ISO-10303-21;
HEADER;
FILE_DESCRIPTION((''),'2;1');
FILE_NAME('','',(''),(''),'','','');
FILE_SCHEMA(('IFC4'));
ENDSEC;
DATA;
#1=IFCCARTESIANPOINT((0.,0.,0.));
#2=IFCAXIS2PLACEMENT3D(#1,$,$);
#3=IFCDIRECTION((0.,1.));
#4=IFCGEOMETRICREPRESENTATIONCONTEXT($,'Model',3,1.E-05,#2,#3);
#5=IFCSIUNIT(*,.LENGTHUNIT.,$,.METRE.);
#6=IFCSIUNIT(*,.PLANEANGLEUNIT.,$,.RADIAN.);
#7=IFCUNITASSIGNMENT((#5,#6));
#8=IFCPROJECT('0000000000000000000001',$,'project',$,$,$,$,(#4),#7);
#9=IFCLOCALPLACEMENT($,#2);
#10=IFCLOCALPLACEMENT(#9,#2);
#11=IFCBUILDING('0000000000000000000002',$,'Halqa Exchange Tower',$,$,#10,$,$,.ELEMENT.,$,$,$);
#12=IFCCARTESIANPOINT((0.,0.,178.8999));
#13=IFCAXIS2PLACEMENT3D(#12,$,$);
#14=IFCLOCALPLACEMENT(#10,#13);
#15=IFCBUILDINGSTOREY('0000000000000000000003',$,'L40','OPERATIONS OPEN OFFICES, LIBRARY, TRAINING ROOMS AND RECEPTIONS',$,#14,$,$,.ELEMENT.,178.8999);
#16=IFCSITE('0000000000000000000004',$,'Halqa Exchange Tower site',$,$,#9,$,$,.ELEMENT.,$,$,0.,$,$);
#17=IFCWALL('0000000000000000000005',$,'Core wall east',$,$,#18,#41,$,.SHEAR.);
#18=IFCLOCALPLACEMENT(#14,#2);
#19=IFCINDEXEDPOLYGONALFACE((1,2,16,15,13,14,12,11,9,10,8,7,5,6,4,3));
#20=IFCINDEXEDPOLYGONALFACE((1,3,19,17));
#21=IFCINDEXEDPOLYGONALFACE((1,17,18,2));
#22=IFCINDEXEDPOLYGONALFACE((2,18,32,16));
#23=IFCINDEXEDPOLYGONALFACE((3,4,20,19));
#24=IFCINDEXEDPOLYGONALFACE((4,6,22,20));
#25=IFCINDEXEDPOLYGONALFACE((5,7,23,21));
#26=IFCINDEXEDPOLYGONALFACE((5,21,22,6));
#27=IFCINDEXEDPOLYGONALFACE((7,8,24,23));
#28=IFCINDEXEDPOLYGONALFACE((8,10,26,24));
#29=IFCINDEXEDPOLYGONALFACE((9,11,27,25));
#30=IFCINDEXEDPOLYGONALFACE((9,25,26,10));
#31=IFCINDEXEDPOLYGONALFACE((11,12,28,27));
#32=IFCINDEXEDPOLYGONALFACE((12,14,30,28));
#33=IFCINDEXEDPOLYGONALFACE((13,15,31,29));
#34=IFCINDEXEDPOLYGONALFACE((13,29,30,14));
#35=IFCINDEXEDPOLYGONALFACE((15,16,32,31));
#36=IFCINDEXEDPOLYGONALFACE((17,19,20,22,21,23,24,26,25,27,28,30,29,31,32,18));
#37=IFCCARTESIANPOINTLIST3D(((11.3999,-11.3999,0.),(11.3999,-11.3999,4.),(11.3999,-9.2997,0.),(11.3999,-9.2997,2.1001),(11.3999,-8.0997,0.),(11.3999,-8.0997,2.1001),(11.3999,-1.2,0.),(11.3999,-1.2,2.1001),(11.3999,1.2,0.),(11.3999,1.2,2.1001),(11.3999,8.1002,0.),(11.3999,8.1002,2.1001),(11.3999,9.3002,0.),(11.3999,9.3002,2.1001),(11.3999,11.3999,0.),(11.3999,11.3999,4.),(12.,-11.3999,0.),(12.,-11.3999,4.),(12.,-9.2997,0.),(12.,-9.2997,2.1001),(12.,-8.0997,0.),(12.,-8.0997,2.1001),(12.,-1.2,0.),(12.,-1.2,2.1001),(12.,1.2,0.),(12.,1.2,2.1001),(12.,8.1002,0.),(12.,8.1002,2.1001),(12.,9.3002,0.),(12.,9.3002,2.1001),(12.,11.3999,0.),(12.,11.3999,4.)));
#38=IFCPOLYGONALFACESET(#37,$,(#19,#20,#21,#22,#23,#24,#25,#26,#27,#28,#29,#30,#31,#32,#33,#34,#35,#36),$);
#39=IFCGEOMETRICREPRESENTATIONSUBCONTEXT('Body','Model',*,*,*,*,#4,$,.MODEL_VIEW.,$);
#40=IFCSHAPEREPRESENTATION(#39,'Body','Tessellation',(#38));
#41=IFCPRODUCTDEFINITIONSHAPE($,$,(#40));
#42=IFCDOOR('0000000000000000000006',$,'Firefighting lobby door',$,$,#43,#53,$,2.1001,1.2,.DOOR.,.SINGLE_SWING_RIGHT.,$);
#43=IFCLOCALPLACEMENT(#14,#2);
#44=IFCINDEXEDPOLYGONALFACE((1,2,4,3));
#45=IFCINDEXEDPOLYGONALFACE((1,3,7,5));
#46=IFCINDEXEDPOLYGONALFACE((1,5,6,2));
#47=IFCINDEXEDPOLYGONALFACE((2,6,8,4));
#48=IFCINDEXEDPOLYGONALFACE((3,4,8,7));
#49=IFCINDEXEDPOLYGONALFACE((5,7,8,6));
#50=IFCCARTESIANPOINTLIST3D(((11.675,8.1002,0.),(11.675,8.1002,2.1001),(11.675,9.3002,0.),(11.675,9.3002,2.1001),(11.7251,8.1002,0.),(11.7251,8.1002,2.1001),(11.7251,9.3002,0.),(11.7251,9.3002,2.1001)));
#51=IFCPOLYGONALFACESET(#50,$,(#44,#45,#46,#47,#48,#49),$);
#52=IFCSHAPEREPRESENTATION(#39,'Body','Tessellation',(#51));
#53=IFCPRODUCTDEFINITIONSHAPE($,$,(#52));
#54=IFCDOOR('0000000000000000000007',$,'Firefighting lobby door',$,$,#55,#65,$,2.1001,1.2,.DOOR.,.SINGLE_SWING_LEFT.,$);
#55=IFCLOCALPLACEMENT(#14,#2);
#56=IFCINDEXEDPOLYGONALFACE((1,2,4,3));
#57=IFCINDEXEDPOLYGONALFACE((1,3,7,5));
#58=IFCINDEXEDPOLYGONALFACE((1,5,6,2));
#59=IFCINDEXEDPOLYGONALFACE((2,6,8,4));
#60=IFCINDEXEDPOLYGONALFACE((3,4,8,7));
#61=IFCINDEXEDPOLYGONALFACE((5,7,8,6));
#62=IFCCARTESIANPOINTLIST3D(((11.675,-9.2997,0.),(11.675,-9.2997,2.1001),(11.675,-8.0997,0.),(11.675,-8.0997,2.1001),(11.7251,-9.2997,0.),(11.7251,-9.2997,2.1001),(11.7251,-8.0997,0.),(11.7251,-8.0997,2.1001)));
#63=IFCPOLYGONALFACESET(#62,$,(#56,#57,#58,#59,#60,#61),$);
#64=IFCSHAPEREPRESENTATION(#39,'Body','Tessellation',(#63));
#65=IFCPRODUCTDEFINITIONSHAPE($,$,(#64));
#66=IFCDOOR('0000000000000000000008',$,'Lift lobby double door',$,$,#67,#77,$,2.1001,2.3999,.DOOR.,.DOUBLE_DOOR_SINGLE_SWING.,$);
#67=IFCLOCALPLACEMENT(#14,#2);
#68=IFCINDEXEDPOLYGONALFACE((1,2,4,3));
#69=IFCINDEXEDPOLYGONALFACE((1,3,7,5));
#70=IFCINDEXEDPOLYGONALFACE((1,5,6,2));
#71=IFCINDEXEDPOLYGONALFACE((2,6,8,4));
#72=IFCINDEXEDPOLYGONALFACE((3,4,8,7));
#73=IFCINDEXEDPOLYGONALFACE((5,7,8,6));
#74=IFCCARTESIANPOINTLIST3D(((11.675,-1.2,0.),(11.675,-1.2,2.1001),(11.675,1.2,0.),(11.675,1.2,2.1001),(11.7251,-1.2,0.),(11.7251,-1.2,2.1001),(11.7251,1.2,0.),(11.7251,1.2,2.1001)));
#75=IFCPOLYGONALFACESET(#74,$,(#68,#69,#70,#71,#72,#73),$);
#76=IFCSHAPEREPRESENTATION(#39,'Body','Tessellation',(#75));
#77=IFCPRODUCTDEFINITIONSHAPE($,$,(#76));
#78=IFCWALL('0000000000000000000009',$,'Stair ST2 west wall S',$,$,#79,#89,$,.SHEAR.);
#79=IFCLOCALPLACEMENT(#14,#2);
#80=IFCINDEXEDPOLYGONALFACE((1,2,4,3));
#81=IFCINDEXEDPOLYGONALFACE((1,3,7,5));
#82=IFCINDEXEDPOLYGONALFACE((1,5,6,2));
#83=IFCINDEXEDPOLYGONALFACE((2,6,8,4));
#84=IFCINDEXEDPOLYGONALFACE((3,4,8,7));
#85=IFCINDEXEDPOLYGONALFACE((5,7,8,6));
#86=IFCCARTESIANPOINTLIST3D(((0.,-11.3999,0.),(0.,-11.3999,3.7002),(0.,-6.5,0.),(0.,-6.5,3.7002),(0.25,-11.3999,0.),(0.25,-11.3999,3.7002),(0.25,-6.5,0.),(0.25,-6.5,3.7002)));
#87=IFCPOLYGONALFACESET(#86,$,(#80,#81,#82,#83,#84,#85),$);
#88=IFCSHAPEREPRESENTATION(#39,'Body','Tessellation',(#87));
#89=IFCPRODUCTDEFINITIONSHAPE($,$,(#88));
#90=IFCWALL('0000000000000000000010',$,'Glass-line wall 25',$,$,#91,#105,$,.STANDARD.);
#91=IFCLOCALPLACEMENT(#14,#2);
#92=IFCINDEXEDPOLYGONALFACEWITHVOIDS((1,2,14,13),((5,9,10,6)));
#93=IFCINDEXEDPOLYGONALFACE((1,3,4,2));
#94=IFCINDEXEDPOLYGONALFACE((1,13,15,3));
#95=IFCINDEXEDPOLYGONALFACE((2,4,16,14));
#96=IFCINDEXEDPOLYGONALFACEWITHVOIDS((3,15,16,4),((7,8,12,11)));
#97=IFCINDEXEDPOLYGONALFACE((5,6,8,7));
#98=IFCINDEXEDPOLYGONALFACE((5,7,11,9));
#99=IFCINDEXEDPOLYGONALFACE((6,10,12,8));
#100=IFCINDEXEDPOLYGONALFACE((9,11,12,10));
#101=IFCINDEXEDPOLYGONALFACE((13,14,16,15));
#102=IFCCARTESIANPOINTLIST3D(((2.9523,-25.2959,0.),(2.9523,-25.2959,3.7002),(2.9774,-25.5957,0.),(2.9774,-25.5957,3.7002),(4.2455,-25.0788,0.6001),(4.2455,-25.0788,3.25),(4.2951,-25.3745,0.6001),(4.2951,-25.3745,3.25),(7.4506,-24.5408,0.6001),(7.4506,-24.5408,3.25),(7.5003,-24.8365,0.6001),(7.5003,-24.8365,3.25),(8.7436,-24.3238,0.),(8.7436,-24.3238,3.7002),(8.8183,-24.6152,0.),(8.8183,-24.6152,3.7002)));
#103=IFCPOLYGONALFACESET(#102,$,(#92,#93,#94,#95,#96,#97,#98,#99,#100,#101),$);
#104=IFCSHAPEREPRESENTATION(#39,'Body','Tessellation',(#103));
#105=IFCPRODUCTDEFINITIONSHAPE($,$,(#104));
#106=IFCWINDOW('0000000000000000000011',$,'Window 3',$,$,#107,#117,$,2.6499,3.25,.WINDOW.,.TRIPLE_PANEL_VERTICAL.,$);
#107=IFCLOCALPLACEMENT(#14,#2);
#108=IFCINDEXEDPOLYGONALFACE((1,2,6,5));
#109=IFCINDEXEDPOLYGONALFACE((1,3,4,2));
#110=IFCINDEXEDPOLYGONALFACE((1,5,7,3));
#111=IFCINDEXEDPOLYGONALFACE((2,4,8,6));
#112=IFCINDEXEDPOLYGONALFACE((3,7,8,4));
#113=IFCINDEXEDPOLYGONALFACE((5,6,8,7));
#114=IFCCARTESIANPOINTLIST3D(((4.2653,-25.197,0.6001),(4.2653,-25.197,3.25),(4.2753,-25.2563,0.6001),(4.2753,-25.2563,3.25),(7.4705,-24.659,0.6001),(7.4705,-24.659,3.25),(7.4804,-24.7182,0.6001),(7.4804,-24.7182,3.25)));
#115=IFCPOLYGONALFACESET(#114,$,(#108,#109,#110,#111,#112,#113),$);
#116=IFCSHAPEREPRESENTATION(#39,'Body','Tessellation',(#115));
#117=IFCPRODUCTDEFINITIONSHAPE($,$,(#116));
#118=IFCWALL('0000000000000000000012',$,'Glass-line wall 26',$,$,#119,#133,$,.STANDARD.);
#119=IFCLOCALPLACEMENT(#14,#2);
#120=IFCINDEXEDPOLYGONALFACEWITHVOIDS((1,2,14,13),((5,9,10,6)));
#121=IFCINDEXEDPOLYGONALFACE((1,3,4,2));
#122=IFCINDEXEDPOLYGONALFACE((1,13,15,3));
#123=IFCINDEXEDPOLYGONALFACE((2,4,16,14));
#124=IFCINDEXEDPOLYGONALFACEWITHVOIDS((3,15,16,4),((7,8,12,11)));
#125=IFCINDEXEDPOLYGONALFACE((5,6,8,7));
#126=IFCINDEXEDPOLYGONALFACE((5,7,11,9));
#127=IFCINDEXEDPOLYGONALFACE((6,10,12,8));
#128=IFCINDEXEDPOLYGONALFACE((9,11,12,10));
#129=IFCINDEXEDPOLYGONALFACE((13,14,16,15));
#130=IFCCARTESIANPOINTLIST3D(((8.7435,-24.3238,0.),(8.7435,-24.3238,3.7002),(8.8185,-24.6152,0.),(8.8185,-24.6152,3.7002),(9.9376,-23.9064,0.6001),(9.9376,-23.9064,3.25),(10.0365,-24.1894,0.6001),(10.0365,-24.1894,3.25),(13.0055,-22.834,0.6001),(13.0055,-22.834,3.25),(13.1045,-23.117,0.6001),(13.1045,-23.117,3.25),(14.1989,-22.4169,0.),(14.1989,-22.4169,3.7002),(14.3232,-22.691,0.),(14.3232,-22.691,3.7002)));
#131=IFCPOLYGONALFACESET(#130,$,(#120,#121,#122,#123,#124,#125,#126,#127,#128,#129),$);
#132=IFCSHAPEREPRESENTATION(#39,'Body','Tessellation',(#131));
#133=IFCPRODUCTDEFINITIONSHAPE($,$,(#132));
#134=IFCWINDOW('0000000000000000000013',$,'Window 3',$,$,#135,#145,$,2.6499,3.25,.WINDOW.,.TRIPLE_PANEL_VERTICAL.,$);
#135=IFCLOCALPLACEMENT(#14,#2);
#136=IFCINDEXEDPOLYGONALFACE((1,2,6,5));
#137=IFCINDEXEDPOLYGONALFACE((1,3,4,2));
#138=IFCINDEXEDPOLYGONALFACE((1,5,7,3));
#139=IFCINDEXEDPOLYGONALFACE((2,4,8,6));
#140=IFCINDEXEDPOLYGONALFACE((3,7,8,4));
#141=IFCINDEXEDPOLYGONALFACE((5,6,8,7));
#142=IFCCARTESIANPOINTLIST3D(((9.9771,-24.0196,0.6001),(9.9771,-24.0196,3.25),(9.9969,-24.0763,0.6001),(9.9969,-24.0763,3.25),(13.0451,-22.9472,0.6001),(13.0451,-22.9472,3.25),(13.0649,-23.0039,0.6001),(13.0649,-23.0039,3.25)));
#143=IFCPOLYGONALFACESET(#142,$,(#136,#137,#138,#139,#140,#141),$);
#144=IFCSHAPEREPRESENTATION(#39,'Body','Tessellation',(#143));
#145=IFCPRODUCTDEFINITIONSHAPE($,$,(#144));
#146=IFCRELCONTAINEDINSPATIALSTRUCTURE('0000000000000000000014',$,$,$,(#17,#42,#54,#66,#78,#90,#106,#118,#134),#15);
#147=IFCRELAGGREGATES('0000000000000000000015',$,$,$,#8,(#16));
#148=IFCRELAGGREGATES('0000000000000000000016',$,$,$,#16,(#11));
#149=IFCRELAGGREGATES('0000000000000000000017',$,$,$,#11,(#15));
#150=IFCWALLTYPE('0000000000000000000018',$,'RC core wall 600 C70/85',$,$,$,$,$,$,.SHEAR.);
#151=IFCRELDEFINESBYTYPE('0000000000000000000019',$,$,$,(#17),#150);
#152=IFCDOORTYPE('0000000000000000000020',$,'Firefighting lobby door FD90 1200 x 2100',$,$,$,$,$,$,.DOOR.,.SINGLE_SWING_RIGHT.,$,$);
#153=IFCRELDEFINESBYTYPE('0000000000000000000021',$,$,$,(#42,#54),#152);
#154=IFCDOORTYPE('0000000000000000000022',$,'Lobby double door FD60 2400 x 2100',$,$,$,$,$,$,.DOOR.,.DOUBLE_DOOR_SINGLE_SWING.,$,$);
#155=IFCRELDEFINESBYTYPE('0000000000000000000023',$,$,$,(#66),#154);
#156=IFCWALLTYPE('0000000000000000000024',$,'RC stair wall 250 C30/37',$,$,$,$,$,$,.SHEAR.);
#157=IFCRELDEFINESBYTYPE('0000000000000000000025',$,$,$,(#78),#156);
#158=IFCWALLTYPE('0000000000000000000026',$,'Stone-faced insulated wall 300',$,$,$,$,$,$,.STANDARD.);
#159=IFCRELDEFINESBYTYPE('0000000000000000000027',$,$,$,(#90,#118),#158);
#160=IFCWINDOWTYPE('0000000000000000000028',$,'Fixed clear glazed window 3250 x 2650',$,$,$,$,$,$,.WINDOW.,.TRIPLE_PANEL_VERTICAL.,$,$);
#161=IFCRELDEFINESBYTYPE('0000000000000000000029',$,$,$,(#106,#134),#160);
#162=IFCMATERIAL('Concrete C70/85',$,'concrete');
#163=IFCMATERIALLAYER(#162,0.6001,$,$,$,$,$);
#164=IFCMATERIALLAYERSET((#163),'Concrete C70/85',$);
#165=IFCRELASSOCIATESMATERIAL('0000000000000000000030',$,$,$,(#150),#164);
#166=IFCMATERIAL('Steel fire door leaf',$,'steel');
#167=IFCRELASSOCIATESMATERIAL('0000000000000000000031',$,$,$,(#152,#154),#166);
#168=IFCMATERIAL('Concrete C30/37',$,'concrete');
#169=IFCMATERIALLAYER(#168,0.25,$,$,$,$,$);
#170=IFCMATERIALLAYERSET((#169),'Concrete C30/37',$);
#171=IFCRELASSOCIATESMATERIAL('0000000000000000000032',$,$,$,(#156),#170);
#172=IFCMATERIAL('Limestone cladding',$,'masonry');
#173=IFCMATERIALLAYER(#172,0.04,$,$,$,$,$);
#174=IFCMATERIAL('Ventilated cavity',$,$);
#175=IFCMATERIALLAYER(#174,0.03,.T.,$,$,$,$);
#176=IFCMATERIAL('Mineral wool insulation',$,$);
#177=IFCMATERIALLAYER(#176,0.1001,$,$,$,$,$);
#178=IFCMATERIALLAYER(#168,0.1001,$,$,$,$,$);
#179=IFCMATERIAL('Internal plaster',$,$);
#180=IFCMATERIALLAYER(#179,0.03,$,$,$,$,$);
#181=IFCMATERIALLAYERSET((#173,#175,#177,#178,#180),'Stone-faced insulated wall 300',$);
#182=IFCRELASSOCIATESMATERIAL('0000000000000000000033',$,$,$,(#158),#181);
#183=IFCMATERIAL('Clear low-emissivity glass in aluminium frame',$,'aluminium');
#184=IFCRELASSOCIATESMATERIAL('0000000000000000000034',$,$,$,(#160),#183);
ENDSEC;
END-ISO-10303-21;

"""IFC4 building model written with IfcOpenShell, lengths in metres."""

from ifc_helpers import new_model, si_unit, direction, frame, frame_2d, origin, place, context, subcontext, project, spatial, polyline, rectangle, outline, extrude, material, layer, layer_set, type_object, element, fill, save


model = new_model("IFC4")

# Units and contexts
model_context = context("Model", 3, precision=1e-05, world=origin(), true_north=direction((0.0, 1.0)))
body_context = subcontext(model_context, "Body", "Model", "MODEL_VIEW")
ifc_project = project(units=[si_unit("LENGTHUNIT", "METRE"), si_unit("PLANEANGLEUNIT", "RADIAN")], contexts=[model_context])

# Site, building, storey
site_placement = place(None, origin())
site = spatial("IfcSite", under=ifc_project, at=site_placement, Name="Halqa Exchange Tower site", CompositionType="ELEMENT", RefElevation=0.0)
building_placement = place(site_placement, origin())
building = spatial("IfcBuilding", under=site, at=building_placement, Name="Halqa Exchange Tower", CompositionType="ELEMENT")
storey_placement = place(building_placement, frame((0.0, 0.0, 178.8999)))
storey = spatial("IfcBuildingStorey", under=building, at=storey_placement, Name="L40", Description="OPERATIONS OPEN OFFICES, LIBRARY, TRAINING ROOMS AND RECEPTIONS", CompositionType="ELEMENT", Elevation=178.8999)

# Shared definitions
ifc_material_1 = material(Name="Concrete C70/85", Category="concrete")

# Wall, openings, doors
ifc_layer_1 = layer(ifc_material_1, 0.6001)
ifc_layer_set_1 = layer_set([ifc_layer_1], Name="Concrete C70/85")
wall_type_1 = type_object("IfcWallType", Name="RC core wall 600 C70/85", PredefinedType="SHEAR", material=ifc_layer_set_1)
wall_1_placement = place(storey_placement, frame((11.7, -11.3999, 0.0), z_axis=(0.0, 0.0, 1.0), x_axis=(0.0, 1.0, 0.0)))
wall_1 = element("IfcWall", 1, at=wall_1_placement, inside=storey, type_object=wall_type_1, Name="Core wall east", PredefinedType="SHEAR", context=body_context, shape_type="SweptSolid", body=[
    extrude(rectangle(XDim=22.7998, YDim=0.6001, at=frame_2d((11.3999, 0.0))), origin(), (0.0, 0.0, 1.0), 4.0),
])
opening_1_placement = place(wall_1_placement, frame((10.2, 0.0, 0.0)))
opening_1 = element("IfcOpeningElement", 2, at=opening_1_placement, cuts=wall_1, PredefinedType="OPENING", context=body_context, shape_type="SweptSolid", body=[
    extrude(rectangle(XDim=2.3999, YDim=2.1001, at=frame_2d((1.2, 1.05))), frame((0.0, 0.312, 0.0), z_axis=(0.0, -1.0, 0.0), x_axis=(1.0, 0.0, 0.0)), (0.0, 0.0, 1.0), 0.624),
])
opening_2_placement = place(wall_1_placement, frame((19.5, 0.0, 0.0)))
opening_2 = element("IfcOpeningElement", 3, at=opening_2_placement, cuts=wall_1, PredefinedType="OPENING", context=body_context, shape_type="SweptSolid", body=[
    extrude(rectangle(XDim=1.2, YDim=2.1001, at=frame_2d((0.6001, 1.05))), frame((0.0, 0.312, 0.0), z_axis=(0.0, -1.0, 0.0), x_axis=(1.0, 0.0, 0.0)), (0.0, 0.0, 1.0), 0.624),
])
opening_3_placement = place(wall_1_placement, frame((2.1001, 0.0, 0.0)))
opening_3 = element("IfcOpeningElement", 4, at=opening_3_placement, cuts=wall_1, PredefinedType="OPENING", context=body_context, shape_type="SweptSolid", body=[
    extrude(rectangle(XDim=1.2, YDim=2.1001, at=frame_2d((0.6001, 1.05))), frame((0.0, 0.312, 0.0), z_axis=(0.0, -1.0, 0.0), x_axis=(1.0, 0.0, 0.0)), (0.0, 0.0, 1.0), 0.624),
])
ifc_material_2 = material(Name="Steel fire door leaf", Category="steel")
door_type_1 = type_object("IfcDoorType", Name="Firefighting lobby door FD90 1200 x 2100", OperationType="SINGLE_SWING_RIGHT", PredefinedType="DOOR", material=ifc_material_2)
door_1_placement = place(opening_2_placement, origin())
door_1 = element("IfcDoor", 5, at=door_1_placement, inside=storey, type_object=door_type_1, Name="Firefighting lobby door", OperationType="SINGLE_SWING_RIGHT", OverallHeight=2.1001, OverallWidth=1.2, PredefinedType="DOOR", context=body_context, shape_type="SweptSolid", body=[
    extrude(rectangle(XDim=1.2, YDim=2.1001, at=frame_2d((0.6001, 1.05))), frame((0.0, 0.0249, 0.0), z_axis=(0.0, -1.0, 0.0), x_axis=(1.0, 0.0, 0.0)), (0.0, 0.0, 1.0), 0.05),
])
fill(opening_2, door_1)
door_2_placement = place(opening_3_placement, origin())
door_2 = element("IfcDoor", 6, at=door_2_placement, inside=storey, type_object=door_type_1, Name="Firefighting lobby door", OperationType="SINGLE_SWING_LEFT", OverallHeight=2.1001, OverallWidth=1.2, PredefinedType="DOOR", context=body_context, shape_type="SweptSolid", body=[
    extrude(rectangle(XDim=1.2, YDim=2.1001, at=frame_2d((0.6001, 1.05))), frame((0.0, 0.0249, 0.0), z_axis=(0.0, -1.0, 0.0), x_axis=(1.0, 0.0, 0.0)), (0.0, 0.0, 1.0), 0.05),
])
fill(opening_3, door_2)
door_type_2 = type_object("IfcDoorType", Name="Lobby double door FD60 2400 x 2100", OperationType="DOUBLE_DOOR_SINGLE_SWING", PredefinedType="DOOR", material=ifc_material_2)
door_3_placement = place(opening_1_placement, origin())
door_3 = element("IfcDoor", 7, at=door_3_placement, inside=storey, type_object=door_type_2, Name="Lift lobby double door", OperationType="DOUBLE_DOOR_SINGLE_SWING", OverallHeight=2.1001, OverallWidth=2.3999, PredefinedType="DOOR", context=body_context, shape_type="SweptSolid", body=[
    extrude(rectangle(XDim=2.3999, YDim=2.1001, at=frame_2d((1.2, 1.05))), frame((0.0, 0.0249, 0.0), z_axis=(0.0, -1.0, 0.0), x_axis=(1.0, 0.0, 0.0)), (0.0, 0.0, 1.0), 0.05),
])
fill(opening_1, door_3)

# Wall
ifc_material_3 = material(Name="Concrete C30/37", Category="concrete")
ifc_layer_2 = layer(ifc_material_3, 0.25)
ifc_layer_set_2 = layer_set([ifc_layer_2], Name="Concrete C30/37")
wall_type_2 = type_object("IfcWallType", Name="RC stair wall 250 C30/37", PredefinedType="SHEAR", material=ifc_layer_set_2)
wall_2_placement = place(storey_placement, frame((0.125, -11.3999, 0.0), z_axis=(0.0, 0.0, 1.0), x_axis=(0.0, 1.0, 0.0)))
element("IfcWall", 8, at=wall_2_placement, inside=storey, type_object=wall_type_2, Name="Stair ST2 west wall S", PredefinedType="SHEAR", context=body_context, shape_type="SweptSolid", body=[
    extrude(rectangle(XDim=4.8999, YDim=0.25, at=frame_2d((2.45, 0.0))), origin(), (0.0, 0.0, 1.0), 3.7002),
])

# Walls, openings, windows
ifc_material_4 = material(Name="Limestone cladding", Category="masonry")
ifc_layer_3 = layer(ifc_material_4, 0.04)
ifc_material_5 = material(Name="Ventilated cavity")
ifc_layer_4 = layer(ifc_material_5, 0.03, ventilated=True)
ifc_material_6 = material(Name="Mineral wool insulation")
ifc_layer_5 = layer(ifc_material_6, 0.1001)
ifc_layer_6 = layer(ifc_material_3, 0.1001)
ifc_material_7 = material(Name="Internal plaster")
ifc_layer_7 = layer(ifc_material_7, 0.03)
ifc_layer_set_3 = layer_set([ifc_layer_3, ifc_layer_4, ifc_layer_5, ifc_layer_6, ifc_layer_7], Name="Stone-faced insulated wall 300")
wall_type_3 = type_object("IfcWallType", Name="Stone-faced insulated wall 300", PredefinedType="STANDARD", material=ifc_layer_set_3)
wall_3_placement = place(storey_placement, frame((2.9648, -25.4458, 0.0), z_axis=(0.0, 0.0, 1.0), x_axis=(0.986202, 0.165547, 0.0)))
wall_3 = element("IfcWall", 9, at=wall_3_placement, inside=storey, type_object=wall_type_3, Name="Glass-line wall 25", PredefinedType="STANDARD", context=body_context, shape_type="SweptSolid", body=[
    extrude(outline(polyline([(-0.0125, -0.1499), (5.9102, -0.1499), (5.8848, 0.1499), (0.0125, 0.1499), (-0.0125, -0.1499)])), origin(), (0.0, 0.0, 1.0), 3.7002),
])
opening_4_placement = place(wall_3_placement, frame((1.3237, 0.0, 0.6001)))
opening_4 = element("IfcOpeningElement", 10, at=opening_4_placement, cuts=wall_3, PredefinedType="OPENING", context=body_context, shape_type="SweptSolid", body=[
    extrude(rectangle(XDim=3.25, YDim=2.6499, at=frame_2d((1.625, 1.325))), frame((0.0, 0.1621, 0.0), z_axis=(0.0, -1.0, 0.0), x_axis=(1.0, 0.0, 0.0)), (0.0, 0.0, 1.0), 0.324),
])
ifc_material_8 = material(Name="Clear low-emissivity glass in aluminium frame", Category="aluminium")
window_type = type_object("IfcWindowType", Name="Fixed clear glazed window 3250 x 2650", PartitioningType="TRIPLE_PANEL_VERTICAL", PredefinedType="WINDOW", material=ifc_material_8)
window_1_placement = place(opening_4_placement, origin())
window_1 = element("IfcWindow", 11, at=window_1_placement, inside=storey, type_object=window_type, Name="Window 3", OverallHeight=2.6499, OverallWidth=3.25, PartitioningType="TRIPLE_PANEL_VERTICAL", PredefinedType="WINDOW", context=body_context, shape_type="SweptSolid", body=[
    extrude(rectangle(XDim=3.25, YDim=2.6499, at=frame_2d((1.625, 1.325))), frame((0.0, 0.03, 0.0), z_axis=(0.0, -1.0, 0.0), x_axis=(1.0, 0.0, 0.0)), (0.0, 0.0, 1.0), 0.0601),
])
fill(opening_4, window_1)
wall_4_placement = place(storey_placement, frame((8.781, -24.4695, 0.0), z_axis=(0.0, 0.0, 1.0), x_axis=(0.943991, 0.329972, 0.0)))
wall_4 = element("IfcWall", 12, at=wall_4_placement, inside=storey, type_object=wall_type_3, Name="Glass-line wall 26", PredefinedType="STANDARD", context=body_context, shape_type="SweptSolid", body=[
    extrude(outline(polyline([(-0.0127, -0.1499), (5.8186, -0.1499), (5.7917, 0.1499), (0.0127, 0.1499), (-0.0127, -0.1499)])), origin(), (0.0, 0.0, 1.0), 3.7002),
])
opening_5_placement = place(wall_4_placement, frame((1.2776, 0.0, 0.6001)))
opening_5 = element("IfcOpeningElement", 13, at=opening_5_placement, cuts=wall_4, PredefinedType="OPENING", context=body_context, shape_type="SweptSolid", body=[
    extrude(rectangle(XDim=3.25, YDim=2.6499, at=frame_2d((1.625, 1.325))), frame((0.0, 0.1621, 0.0), z_axis=(0.0, -1.0, 0.0), x_axis=(1.0, 0.0, 0.0)), (0.0, 0.0, 1.0), 0.324),
])
window_2_placement = place(opening_5_placement, origin())
window_2 = element("IfcWindow", 14, at=window_2_placement, inside=storey, type_object=window_type, Name="Window 3", OverallHeight=2.6499, OverallWidth=3.25, PartitioningType="TRIPLE_PANEL_VERTICAL", PredefinedType="WINDOW", context=body_context, shape_type="SweptSolid", body=[
    extrude(rectangle(XDim=3.25, YDim=2.6499, at=frame_2d((1.625, 1.325))), frame((0.0, 0.03, 0.0), z_axis=(0.0, -1.0, 0.0), x_axis=(1.0, 0.0, 0.0)), (0.0, 0.0, 1.0), 0.0601),
])
fill(opening_5, window_2)

save(model, "model.ifc")
